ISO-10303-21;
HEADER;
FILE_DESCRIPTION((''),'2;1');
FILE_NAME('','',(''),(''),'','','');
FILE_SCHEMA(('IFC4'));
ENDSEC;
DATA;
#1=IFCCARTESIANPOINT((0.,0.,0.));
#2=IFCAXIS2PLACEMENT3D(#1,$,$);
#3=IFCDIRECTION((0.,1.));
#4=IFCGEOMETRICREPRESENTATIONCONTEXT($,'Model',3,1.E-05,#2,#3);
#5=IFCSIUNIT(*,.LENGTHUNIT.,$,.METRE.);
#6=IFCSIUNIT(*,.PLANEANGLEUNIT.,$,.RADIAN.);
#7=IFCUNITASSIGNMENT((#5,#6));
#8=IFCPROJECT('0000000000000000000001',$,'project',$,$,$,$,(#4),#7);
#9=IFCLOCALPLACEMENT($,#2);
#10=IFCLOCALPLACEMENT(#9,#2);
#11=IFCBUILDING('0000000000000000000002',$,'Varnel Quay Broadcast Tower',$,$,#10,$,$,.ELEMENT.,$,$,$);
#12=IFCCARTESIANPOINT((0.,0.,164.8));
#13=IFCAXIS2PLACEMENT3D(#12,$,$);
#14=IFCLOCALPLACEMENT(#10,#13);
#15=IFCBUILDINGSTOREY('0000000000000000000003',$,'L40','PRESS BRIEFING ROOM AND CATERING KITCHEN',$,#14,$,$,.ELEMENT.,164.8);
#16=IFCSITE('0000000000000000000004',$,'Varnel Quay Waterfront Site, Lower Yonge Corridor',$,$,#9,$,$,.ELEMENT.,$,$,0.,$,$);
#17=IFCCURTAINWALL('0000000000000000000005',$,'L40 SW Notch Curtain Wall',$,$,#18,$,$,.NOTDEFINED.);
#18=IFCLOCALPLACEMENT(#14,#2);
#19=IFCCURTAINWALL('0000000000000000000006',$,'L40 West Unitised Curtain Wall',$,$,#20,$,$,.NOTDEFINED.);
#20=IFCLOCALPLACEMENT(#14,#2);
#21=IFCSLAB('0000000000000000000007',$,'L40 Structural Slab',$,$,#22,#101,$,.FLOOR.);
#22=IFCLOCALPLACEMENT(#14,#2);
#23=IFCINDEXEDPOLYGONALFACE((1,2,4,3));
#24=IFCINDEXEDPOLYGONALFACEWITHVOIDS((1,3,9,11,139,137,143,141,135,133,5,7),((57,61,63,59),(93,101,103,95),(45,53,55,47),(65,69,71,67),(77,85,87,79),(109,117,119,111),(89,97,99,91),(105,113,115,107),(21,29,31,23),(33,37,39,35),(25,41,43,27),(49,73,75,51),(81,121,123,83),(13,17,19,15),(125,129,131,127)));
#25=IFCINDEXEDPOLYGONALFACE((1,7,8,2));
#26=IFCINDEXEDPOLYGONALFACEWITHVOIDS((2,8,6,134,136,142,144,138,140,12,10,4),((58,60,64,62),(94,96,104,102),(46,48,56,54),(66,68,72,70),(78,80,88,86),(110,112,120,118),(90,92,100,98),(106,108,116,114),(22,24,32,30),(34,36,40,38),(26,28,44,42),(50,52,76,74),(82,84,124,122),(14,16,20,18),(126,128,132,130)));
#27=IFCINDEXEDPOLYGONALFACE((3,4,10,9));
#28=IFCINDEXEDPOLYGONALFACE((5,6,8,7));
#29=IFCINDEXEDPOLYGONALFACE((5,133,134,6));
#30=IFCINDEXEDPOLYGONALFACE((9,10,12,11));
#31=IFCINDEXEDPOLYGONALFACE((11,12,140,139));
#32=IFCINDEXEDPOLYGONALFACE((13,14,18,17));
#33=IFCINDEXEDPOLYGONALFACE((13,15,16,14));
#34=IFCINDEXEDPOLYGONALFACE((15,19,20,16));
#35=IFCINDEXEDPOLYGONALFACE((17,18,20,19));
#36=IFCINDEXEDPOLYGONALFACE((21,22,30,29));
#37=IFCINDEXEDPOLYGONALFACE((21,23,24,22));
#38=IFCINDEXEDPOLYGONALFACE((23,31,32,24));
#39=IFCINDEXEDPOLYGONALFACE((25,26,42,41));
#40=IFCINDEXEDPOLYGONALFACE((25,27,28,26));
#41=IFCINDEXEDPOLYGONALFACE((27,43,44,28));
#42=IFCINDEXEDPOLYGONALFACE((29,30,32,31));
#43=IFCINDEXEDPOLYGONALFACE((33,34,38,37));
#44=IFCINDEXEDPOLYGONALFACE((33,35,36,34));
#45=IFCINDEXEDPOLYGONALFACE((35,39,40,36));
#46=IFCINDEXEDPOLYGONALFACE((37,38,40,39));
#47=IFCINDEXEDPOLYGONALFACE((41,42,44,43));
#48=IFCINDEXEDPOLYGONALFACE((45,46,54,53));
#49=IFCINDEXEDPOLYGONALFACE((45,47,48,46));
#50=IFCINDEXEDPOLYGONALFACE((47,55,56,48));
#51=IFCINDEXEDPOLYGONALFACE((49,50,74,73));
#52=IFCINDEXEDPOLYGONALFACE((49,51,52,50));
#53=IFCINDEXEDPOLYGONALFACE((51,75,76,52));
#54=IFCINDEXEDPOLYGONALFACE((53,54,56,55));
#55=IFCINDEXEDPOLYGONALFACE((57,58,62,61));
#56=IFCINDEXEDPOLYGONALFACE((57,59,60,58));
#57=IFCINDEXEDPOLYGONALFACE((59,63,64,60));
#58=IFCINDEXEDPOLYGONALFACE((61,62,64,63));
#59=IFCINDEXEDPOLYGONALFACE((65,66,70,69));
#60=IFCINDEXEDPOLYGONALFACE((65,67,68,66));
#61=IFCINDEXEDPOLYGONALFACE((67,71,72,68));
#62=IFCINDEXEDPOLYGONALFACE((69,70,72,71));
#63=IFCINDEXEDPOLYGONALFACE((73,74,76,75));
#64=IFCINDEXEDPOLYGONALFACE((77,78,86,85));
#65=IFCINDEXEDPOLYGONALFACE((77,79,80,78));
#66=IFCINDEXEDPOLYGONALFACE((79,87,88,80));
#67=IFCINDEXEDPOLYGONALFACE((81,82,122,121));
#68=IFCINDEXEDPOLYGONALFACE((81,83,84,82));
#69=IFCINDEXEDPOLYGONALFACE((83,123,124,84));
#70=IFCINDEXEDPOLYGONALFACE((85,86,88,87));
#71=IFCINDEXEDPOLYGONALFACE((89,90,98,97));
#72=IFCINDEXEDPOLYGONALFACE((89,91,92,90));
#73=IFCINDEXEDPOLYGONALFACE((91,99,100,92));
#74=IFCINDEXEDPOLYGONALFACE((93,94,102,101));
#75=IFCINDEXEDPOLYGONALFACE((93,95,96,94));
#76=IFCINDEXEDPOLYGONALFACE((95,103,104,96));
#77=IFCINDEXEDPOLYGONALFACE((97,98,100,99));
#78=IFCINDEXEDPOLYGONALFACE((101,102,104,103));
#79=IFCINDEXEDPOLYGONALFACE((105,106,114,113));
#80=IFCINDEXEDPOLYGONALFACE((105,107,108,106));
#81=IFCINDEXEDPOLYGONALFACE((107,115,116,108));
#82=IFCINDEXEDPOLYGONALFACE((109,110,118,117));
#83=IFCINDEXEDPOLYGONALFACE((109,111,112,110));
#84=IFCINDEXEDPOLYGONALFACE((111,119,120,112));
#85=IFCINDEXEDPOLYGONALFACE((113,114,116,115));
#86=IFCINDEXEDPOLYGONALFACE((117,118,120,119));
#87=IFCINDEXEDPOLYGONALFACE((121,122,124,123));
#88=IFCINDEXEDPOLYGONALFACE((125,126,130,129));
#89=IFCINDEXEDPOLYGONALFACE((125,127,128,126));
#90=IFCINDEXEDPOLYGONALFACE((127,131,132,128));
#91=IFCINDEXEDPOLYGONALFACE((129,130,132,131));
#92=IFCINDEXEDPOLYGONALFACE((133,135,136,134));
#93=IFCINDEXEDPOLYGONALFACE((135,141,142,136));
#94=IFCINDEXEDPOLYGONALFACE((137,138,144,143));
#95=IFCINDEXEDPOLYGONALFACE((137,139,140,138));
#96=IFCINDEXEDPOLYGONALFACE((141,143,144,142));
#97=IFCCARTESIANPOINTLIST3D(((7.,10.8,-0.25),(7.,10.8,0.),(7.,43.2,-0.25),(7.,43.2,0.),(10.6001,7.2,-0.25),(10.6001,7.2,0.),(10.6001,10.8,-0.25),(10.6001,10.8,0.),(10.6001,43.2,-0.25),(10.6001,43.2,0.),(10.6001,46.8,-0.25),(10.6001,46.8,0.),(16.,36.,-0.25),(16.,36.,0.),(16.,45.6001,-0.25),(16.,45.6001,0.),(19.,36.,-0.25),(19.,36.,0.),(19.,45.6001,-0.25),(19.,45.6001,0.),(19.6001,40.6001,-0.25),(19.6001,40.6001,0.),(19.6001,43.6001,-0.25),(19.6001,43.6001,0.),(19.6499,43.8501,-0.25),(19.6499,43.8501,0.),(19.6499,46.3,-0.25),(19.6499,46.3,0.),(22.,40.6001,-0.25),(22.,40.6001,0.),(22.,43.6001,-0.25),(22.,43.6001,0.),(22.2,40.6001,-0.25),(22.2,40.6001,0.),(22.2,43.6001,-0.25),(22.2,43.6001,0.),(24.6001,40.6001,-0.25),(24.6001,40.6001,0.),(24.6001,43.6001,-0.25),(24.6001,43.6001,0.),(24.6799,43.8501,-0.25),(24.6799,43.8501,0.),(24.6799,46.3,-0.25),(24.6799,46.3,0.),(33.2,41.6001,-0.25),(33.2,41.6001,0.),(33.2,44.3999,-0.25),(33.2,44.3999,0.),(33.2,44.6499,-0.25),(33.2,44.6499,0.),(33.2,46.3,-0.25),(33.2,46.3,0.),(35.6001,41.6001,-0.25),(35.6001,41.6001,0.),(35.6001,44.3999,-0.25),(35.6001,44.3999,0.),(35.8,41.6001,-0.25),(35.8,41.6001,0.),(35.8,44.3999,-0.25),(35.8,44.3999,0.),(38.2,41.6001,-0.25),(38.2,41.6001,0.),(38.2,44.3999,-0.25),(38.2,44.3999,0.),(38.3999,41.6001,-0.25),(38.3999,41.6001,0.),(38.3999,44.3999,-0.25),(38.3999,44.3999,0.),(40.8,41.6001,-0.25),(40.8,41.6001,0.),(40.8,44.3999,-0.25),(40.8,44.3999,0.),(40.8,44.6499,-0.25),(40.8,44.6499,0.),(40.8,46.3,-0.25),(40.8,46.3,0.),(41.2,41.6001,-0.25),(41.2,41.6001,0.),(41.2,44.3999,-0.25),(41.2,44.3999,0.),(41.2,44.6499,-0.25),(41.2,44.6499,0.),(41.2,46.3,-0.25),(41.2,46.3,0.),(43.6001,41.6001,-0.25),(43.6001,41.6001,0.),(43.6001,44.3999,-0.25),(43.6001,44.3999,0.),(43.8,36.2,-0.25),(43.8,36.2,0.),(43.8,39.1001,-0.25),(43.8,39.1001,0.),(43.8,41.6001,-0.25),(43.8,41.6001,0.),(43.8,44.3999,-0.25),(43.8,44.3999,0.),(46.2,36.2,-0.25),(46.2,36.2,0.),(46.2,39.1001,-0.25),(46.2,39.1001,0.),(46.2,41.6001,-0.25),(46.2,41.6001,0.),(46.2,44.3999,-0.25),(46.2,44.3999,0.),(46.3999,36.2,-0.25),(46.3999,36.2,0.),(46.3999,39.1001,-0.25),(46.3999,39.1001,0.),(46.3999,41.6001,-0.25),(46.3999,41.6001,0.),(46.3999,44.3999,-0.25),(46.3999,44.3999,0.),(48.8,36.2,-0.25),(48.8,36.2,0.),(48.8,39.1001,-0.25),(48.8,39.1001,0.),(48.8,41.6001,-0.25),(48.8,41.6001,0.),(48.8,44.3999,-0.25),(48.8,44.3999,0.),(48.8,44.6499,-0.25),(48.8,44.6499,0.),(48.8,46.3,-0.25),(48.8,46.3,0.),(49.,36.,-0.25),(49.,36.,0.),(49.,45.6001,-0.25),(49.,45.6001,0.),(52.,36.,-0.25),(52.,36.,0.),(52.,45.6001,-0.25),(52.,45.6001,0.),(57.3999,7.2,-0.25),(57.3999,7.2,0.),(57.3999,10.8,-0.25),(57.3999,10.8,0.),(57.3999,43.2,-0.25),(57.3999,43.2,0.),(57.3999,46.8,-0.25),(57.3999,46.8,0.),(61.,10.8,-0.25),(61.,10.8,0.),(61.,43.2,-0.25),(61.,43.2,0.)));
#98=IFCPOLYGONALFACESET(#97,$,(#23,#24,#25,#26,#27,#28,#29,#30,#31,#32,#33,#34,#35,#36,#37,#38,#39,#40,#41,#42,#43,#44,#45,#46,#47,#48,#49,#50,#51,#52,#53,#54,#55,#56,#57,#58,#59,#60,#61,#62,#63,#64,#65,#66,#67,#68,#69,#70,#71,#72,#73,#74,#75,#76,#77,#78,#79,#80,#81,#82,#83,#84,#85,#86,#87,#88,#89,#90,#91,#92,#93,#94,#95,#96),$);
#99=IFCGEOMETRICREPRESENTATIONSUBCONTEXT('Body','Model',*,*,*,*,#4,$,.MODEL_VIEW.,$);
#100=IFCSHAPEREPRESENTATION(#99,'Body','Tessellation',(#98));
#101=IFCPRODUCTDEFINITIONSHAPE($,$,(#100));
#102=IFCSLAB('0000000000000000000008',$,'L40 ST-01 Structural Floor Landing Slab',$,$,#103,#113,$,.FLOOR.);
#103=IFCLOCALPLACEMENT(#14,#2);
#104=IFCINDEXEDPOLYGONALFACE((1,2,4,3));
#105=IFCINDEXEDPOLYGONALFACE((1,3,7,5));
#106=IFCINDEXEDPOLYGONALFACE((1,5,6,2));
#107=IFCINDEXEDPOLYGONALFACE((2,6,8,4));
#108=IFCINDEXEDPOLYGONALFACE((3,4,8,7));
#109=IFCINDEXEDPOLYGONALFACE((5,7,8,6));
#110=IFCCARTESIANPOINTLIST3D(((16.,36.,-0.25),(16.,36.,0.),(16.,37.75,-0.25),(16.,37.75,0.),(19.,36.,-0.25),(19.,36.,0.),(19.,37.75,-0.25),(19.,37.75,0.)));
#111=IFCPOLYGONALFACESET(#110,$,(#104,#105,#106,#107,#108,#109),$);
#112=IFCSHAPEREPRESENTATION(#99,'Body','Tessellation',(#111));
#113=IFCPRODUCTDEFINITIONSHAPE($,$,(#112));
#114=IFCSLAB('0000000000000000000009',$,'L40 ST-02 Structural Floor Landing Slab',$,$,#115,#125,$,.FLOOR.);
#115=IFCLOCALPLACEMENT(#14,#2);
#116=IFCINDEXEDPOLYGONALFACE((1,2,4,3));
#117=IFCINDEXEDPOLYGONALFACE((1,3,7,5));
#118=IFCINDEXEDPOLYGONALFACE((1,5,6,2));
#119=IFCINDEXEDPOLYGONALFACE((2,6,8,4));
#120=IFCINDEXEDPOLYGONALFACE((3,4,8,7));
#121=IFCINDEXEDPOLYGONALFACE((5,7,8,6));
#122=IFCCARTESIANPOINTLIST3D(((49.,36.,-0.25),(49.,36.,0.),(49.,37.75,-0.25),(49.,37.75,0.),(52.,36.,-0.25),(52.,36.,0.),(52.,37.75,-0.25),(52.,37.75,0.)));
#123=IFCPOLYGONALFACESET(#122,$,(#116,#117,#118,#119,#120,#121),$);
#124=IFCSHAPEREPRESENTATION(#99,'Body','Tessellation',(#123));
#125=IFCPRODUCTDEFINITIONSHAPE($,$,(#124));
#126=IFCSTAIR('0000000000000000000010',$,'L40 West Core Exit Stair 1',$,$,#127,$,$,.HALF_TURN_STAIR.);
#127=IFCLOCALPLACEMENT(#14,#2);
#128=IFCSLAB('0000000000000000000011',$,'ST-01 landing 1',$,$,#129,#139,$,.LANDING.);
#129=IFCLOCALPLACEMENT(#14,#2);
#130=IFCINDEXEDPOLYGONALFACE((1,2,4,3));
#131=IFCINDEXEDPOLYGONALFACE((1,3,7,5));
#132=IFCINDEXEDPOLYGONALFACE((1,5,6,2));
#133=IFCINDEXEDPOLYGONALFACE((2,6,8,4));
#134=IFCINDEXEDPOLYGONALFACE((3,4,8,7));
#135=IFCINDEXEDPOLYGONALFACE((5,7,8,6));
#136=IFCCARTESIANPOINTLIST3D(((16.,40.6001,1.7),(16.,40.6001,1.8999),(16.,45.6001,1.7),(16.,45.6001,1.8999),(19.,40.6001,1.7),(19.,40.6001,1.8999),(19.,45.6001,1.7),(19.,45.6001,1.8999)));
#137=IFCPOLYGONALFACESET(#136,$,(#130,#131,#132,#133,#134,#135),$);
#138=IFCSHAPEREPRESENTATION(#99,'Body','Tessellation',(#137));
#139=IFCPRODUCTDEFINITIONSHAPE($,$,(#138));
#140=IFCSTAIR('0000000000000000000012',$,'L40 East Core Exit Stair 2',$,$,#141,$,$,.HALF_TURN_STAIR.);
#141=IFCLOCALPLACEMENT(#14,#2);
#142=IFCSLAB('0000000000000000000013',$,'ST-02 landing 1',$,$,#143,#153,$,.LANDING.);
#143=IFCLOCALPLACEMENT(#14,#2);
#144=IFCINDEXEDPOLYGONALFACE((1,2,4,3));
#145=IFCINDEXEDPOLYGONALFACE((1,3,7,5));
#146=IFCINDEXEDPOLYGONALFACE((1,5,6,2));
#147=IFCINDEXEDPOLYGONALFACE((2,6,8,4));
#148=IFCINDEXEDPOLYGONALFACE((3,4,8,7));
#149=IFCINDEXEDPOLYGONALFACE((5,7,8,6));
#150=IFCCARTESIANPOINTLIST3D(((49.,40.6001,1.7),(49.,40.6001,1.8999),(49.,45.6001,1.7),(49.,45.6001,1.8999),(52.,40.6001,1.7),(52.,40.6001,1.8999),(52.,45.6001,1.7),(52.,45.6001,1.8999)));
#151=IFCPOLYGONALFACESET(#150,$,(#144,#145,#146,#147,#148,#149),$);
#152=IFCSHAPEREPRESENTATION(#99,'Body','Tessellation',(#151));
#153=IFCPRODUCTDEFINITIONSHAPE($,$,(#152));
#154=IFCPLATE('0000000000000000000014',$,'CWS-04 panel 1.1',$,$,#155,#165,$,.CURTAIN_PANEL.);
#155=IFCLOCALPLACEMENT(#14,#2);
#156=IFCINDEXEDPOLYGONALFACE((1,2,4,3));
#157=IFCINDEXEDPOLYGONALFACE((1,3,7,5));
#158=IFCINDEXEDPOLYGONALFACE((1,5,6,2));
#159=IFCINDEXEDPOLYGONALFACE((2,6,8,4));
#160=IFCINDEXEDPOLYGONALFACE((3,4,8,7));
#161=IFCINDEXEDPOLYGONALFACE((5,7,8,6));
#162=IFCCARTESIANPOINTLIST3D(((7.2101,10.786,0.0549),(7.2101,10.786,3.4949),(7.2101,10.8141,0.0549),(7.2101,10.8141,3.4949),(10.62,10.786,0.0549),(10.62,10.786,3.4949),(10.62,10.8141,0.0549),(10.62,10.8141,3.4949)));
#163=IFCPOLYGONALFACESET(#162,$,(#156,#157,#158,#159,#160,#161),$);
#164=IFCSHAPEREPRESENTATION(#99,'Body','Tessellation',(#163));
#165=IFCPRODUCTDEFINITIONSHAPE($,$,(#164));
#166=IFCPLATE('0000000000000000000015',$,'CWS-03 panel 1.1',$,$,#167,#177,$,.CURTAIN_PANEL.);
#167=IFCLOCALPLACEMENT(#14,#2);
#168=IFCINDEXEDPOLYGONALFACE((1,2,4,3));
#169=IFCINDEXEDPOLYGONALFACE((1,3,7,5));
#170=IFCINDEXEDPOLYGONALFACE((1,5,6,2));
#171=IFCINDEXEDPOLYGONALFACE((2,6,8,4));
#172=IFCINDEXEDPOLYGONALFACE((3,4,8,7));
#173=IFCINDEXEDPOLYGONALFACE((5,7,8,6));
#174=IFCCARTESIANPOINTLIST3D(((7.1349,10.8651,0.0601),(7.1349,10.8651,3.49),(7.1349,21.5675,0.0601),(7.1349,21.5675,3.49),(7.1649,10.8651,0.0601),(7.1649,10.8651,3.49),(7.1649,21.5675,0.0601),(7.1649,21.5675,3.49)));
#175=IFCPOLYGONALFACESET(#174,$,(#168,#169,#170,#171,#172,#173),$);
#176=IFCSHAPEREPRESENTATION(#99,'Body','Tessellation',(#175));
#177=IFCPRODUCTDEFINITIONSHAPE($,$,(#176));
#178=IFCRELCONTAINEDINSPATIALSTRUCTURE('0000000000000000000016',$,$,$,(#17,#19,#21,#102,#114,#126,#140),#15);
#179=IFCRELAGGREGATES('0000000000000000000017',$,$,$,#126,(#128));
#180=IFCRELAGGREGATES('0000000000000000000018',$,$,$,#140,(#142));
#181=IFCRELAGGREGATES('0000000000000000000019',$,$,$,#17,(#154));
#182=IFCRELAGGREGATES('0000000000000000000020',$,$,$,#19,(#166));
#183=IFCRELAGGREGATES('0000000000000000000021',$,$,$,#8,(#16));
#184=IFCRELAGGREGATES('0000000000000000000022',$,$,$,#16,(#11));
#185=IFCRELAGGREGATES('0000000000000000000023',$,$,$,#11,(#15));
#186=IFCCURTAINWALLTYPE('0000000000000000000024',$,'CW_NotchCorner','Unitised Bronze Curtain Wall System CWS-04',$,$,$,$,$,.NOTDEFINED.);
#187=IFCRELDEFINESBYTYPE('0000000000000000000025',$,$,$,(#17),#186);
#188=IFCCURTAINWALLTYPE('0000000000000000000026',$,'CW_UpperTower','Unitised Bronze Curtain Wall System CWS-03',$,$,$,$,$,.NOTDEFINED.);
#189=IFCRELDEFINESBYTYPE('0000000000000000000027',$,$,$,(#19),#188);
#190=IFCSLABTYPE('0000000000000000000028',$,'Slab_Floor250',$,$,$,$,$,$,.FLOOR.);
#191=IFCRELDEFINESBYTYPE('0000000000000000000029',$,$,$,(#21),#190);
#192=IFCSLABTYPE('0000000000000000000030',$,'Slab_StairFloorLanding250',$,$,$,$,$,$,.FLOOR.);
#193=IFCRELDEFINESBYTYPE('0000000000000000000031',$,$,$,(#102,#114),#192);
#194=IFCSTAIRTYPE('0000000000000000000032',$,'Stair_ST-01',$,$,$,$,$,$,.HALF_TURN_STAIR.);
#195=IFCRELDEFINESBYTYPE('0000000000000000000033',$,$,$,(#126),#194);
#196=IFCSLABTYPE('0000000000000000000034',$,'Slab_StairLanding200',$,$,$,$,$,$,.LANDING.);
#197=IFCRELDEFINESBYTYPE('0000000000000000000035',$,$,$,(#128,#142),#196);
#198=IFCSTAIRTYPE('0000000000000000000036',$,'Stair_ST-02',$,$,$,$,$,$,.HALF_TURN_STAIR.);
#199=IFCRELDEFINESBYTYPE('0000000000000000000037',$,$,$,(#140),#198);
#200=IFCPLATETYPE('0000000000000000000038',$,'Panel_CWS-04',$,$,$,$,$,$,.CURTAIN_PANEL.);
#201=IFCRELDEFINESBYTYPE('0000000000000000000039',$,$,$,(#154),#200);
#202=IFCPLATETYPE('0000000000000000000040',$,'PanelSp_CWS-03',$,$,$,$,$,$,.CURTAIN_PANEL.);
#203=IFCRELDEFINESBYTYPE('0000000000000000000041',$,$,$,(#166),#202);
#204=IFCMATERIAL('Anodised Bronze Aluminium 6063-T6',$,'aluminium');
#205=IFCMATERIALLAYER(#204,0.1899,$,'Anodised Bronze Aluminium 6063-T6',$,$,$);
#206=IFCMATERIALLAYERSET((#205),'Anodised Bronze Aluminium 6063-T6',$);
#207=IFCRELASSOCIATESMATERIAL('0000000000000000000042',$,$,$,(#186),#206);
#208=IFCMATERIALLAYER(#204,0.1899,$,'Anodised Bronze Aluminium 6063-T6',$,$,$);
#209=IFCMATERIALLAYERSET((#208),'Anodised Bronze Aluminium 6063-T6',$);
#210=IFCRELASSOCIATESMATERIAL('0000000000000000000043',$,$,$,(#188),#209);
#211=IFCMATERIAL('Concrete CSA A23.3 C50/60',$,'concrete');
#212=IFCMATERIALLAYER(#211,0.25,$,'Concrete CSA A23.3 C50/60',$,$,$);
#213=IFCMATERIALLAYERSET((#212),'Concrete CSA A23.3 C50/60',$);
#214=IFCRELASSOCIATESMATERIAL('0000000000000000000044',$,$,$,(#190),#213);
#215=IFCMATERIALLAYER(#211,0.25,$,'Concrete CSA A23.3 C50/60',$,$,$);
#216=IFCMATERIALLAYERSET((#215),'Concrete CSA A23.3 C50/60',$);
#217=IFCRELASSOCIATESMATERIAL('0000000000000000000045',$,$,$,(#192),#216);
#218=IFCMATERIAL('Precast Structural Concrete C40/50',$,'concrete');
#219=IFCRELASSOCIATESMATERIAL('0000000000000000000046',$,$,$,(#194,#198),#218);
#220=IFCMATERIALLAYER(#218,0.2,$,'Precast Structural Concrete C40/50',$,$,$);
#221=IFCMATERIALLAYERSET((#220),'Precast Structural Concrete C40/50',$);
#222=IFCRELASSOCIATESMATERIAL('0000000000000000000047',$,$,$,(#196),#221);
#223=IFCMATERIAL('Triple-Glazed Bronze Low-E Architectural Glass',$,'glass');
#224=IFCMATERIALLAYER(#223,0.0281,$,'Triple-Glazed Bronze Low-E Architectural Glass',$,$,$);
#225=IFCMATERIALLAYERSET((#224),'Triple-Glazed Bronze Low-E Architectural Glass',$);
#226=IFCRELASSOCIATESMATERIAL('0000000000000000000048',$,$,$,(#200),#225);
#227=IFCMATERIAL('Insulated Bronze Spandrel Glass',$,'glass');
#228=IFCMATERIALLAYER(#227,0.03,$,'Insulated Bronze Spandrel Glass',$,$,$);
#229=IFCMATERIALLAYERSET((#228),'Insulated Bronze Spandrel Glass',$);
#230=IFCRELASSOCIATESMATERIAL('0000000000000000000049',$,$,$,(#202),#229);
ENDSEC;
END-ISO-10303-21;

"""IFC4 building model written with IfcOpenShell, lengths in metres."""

from ifc_helpers import new_model, si_unit, direction, frame, origin, origin_2d, place, context, subcontext, project, spatial, polyline, rectangle, outline, extrude, source, transform, mapped, material, layer, layer_set, type_object, type_shapes, element, aggregate, save


model = new_model("IFC4")

# Units and contexts
model_context = context("Model", 3, precision=1e-05, world=origin(), true_north=direction((0.0, 1.0)))
body_context = subcontext(model_context, "Body", "Model", "MODEL_VIEW")
ifc_project = project(units=[si_unit("LENGTHUNIT", "METRE"), si_unit("PLANEANGLEUNIT", "RADIAN")], contexts=[model_context])

# Site, building, storey
site_placement = place(None, origin())
site = spatial("IfcSite", under=ifc_project, at=site_placement, Name="Varnel Quay Waterfront Site, Lower Yonge Corridor", CompositionType="ELEMENT", RefElevation=0.0)
building_placement = place(site_placement, origin())
building = spatial("IfcBuilding", under=site, at=building_placement, Name="Varnel Quay Broadcast Tower", CompositionType="ELEMENT")
storey_placement = place(building_placement, frame((0.0, 0.0, 164.8)))
storey = spatial("IfcBuildingStorey", under=building, at=storey_placement, Name="L40", Description="PRESS BRIEFING ROOM AND CATERING KITCHEN", CompositionType="ELEMENT", Elevation=164.8)

# Curtain walls
ifc_material_1 = material(Name="Anodised Bronze Aluminium 6063-T6", Category="aluminium")
ifc_layer_1 = layer(ifc_material_1, 0.1899, Name="Anodised Bronze Aluminium 6063-T6")
ifc_layer_set_1 = layer_set([ifc_layer_1], Name="Anodised Bronze Aluminium 6063-T6")
curtain_wall_type_1 = type_object("IfcCurtainWallType", Name="CW_NotchCorner", Description="Unitised Bronze Curtain Wall System CWS-04", PredefinedType="NOTDEFINED", material=ifc_layer_set_1)
curtain_wall_1_placement = place(storey_placement, origin())
curtain_wall_1 = element("IfcCurtainWall", 1, at=curtain_wall_1_placement, inside=storey, type_object=curtain_wall_type_1, Name="L40 SW Notch Curtain Wall", PredefinedType="NOTDEFINED")
ifc_layer_2 = layer(ifc_material_1, 0.1899, Name="Anodised Bronze Aluminium 6063-T6")
ifc_layer_set_2 = layer_set([ifc_layer_2], Name="Anodised Bronze Aluminium 6063-T6")
curtain_wall_type_2 = type_object("IfcCurtainWallType", Name="CW_UpperTower", Description="Unitised Bronze Curtain Wall System CWS-03", PredefinedType="NOTDEFINED", material=ifc_layer_set_2)
curtain_wall_2_placement = place(storey_placement, origin())
curtain_wall_2 = element("IfcCurtainWall", 2, at=curtain_wall_2_placement, inside=storey, type_object=curtain_wall_type_2, Name="L40 West Unitised Curtain Wall", PredefinedType="NOTDEFINED")

# Slabs
ifc_material_2 = material(Name="Concrete CSA A23.3 C50/60", Category="concrete")
ifc_layer_3 = layer(ifc_material_2, 0.25, Name="Concrete CSA A23.3 C50/60")
ifc_layer_set_3 = layer_set([ifc_layer_3], Name="Concrete CSA A23.3 C50/60")
slab_type_1 = type_object("IfcSlabType", Name="Slab_Floor250", PredefinedType="FLOOR", material=ifc_layer_set_3)
slab_1_placement = place(storey_placement, frame((0.0, 0.0, -0.25)))
element("IfcSlab", 3, at=slab_1_placement, inside=storey, type_object=slab_type_1, Name="L40 Structural Slab", PredefinedType="FLOOR", context=body_context, shape_type="SweptSolid", body=[
    extrude(outline(polyline([(10.6001, 7.2), (57.3999, 7.2), (57.3999, 10.8), (61.0, 10.8), (61.0, 43.2), (57.3999, 43.2), (57.3999, 46.8), (10.6001, 46.8), (10.6001, 43.2), (7.0, 43.2), (7.0, 10.8), (10.6001, 10.8), (10.6001, 7.2)]), holes=[polyline([(19.0, 36.0), (16.0, 36.0), (16.0, 45.6001), (19.0, 45.6001), (19.0, 36.0)]), polyline([(19.6001, 43.6001), (22.0, 43.6001), (22.0, 40.6001), (19.6001, 40.6001), (19.6001, 43.6001)]), polyline([(22.2, 43.6001), (24.6001, 43.6001), (24.6001, 40.6001), (22.2, 40.6001), (22.2, 43.6001)]), polyline([(33.2, 44.3999), (35.6001, 44.3999), (35.6001, 41.6001), (33.2, 41.6001), (33.2, 44.3999)]), polyline([(35.8, 44.3999), (38.2, 44.3999), (38.2, 41.6001), (35.8, 41.6001), (35.8, 44.3999)]), polyline([(38.3999, 44.3999), (40.8, 44.3999), (40.8, 41.6001), (38.3999, 41.6001), (38.3999, 44.3999)]), polyline([(19.6499, 46.3), (24.6799, 46.3), (24.6799, 43.8501), (19.6499, 43.8501), (19.6499, 46.3)]), polyline([(33.2, 46.3), (40.8, 46.3), (40.8, 44.6499), (33.2, 44.6499), (33.2, 46.3)]), polyline([(43.8, 39.1001), (46.2, 39.1001), (46.2, 36.2), (43.8, 36.2), (43.8, 39.1001)]), polyline([(46.3999, 39.1001), (48.8, 39.1001), (48.8, 36.2), (46.3999, 36.2), (46.3999, 39.1001)]), polyline([(49.0, 36.0), (49.0, 45.6001), (52.0, 45.6001), (52.0, 36.0), (49.0, 36.0)]), polyline([(41.2, 44.3999), (43.6001, 44.3999), (43.6001, 41.6001), (41.2, 41.6001), (41.2, 44.3999)]), polyline([(43.8, 44.3999), (46.2, 44.3999), (46.2, 41.6001), (43.8, 41.6001), (43.8, 44.3999)]), polyline([(46.3999, 44.3999), (48.8, 44.3999), (48.8, 41.6001), (46.3999, 41.6001), (46.3999, 44.3999)]), polyline([(41.2, 46.3), (48.8, 46.3), (48.8, 44.6499), (41.2, 44.6499), (41.2, 46.3)])]), origin(), (0.0, 0.0, 1.0), 0.25),
])
ifc_layer_4 = layer(ifc_material_2, 0.25, Name="Concrete CSA A23.3 C50/60")
ifc_layer_set_4 = layer_set([ifc_layer_4], Name="Concrete CSA A23.3 C50/60")
slab_type_2 = type_object("IfcSlabType", Name="Slab_StairFloorLanding250", PredefinedType="FLOOR", material=ifc_layer_set_4)
slab_2_placement = place(storey_placement, frame((0.0, 0.0, -0.25)))
element("IfcSlab", 4, at=slab_2_placement, inside=storey, type_object=slab_type_2, Name="L40 ST-01 Structural Floor Landing Slab", PredefinedType="FLOOR", context=body_context, shape_type="SweptSolid", body=[
    extrude(outline(polyline([(19.0, 36.0), (19.0, 37.75), (16.0, 37.75), (16.0, 36.0), (19.0, 36.0)])), origin(), (0.0, 0.0, 1.0), 0.25),
])
slab_3_placement = place(storey_placement, frame((0.0, 0.0, -0.25)))
element("IfcSlab", 5, at=slab_3_placement, inside=storey, type_object=slab_type_2, Name="L40 ST-02 Structural Floor Landing Slab", PredefinedType="FLOOR", context=body_context, shape_type="SweptSolid", body=[
    extrude(outline(polyline([(52.0, 36.0), (52.0, 37.75), (49.0, 37.75), (49.0, 36.0), (52.0, 36.0)])), origin(), (0.0, 0.0, 1.0), 0.25),
])

# Stairs, slabs
ifc_material_3 = material(Name="Precast Structural Concrete C40/50", Category="concrete")
stair_type_1 = type_object("IfcStairType", Name="Stair_ST-01", PredefinedType="HALF_TURN_STAIR", material=ifc_material_3)
stair_1_placement = place(storey_placement, origin())
stair_1 = element("IfcStair", 6, at=stair_1_placement, inside=storey, type_object=stair_type_1, Name="L40 West Core Exit Stair 1", PredefinedType="HALF_TURN_STAIR")
ifc_layer_5 = layer(ifc_material_3, 0.2, Name="Precast Structural Concrete C40/50")
ifc_layer_set_5 = layer_set([ifc_layer_5], Name="Precast Structural Concrete C40/50")
slab_type_3 = type_object("IfcSlabType", Name="Slab_StairLanding200", PredefinedType="LANDING", material=ifc_layer_set_5)
slab_4_placement = place(storey_placement, frame((0.0, 0.0, 1.7)))
slab_4 = element("IfcSlab", 7, at=slab_4_placement, type_object=slab_type_3, Name="ST-01 landing 1", PredefinedType="LANDING", context=body_context, shape_type="SweptSolid", body=[
    extrude(outline(polyline([(19.0, 40.6001), (19.0, 45.6001), (16.0, 45.6001), (16.0, 40.6001), (19.0, 40.6001)])), origin(), (0.0, 0.0, 1.0), 0.2),
])
aggregate(stair_1, [slab_4])
stair_type_2 = type_object("IfcStairType", Name="Stair_ST-02", PredefinedType="HALF_TURN_STAIR", material=ifc_material_3)
stair_2_placement = place(storey_placement, origin())
stair_2 = element("IfcStair", 8, at=stair_2_placement, inside=storey, type_object=stair_type_2, Name="L40 East Core Exit Stair 2", PredefinedType="HALF_TURN_STAIR")
slab_5_placement = place(storey_placement, frame((0.0, 0.0, 1.7)))
slab_5 = element("IfcSlab", 9, at=slab_5_placement, type_object=slab_type_3, Name="ST-02 landing 1", PredefinedType="LANDING", context=body_context, shape_type="SweptSolid", body=[
    extrude(outline(polyline([(52.0, 40.6001), (52.0, 45.6001), (49.0, 45.6001), (49.0, 40.6001), (52.0, 40.6001)])), origin(), (0.0, 0.0, 1.0), 0.2),
])
aggregate(stair_2, [slab_5])

# Plates
ifc_material_4 = material(Name="Triple-Glazed Bronze Low-E Architectural Glass", Category="glass")
ifc_layer_6 = layer(ifc_material_4, 0.0281, Name="Triple-Glazed Bronze Low-E Architectural Glass")
ifc_layer_set_6 = layer_set([ifc_layer_6], Name="Triple-Glazed Bronze Low-E Architectural Glass")
plate_type_1 = type_object("IfcPlateType", Name="Panel_CWS-04", PredefinedType="CURTAIN_PANEL", material=ifc_layer_set_6)
shared_shape_1 = source(origin(), body_context, "Body", "SweptSolid", [
    extrude(rectangle(XDim=3.4099, YDim=0.0281, at=origin_2d()), origin(), (0.0, 0.0, 1.0), 3.4399),
])
type_shapes(plate_type_1, [shared_shape_1])
plate_1_placement = place(storey_placement, frame((8.915, 10.8, 0.0549), z_axis=(0.0, 0.0, 1.0), x_axis=(1.0, 0.0, 0.0)))
plate_1 = element("IfcPlate", 10, at=plate_1_placement, type_object=plate_type_1, Name="CWS-04 panel 1.1", PredefinedType="CURTAIN_PANEL", context=body_context, shape_type="MappedRepresentation", body=[
    mapped(shared_shape_1, transform((0.0, 0.0, 0.0), x_axis=(1.0, 0.0, 0.0), y_axis=(0.0, 1.0, 0.0), z_axis=(0.0, 0.0, 1.0), scale=1.0)),
])
aggregate(curtain_wall_1, [plate_1])
ifc_material_5 = material(Name="Insulated Bronze Spandrel Glass", Category="glass")
ifc_layer_7 = layer(ifc_material_5, 0.03, Name="Insulated Bronze Spandrel Glass")
ifc_layer_set_7 = layer_set([ifc_layer_7], Name="Insulated Bronze Spandrel Glass")
plate_type_2 = type_object("IfcPlateType", Name="PanelSp_CWS-03", PredefinedType="CURTAIN_PANEL", material=ifc_layer_set_7)
shared_shape_2 = source(origin(), body_context, "Body", "SweptSolid", [
    extrude(rectangle(XDim=10.7024, YDim=0.03, at=origin_2d()), origin(), (0.0, 0.0, 1.0), 3.4299),
])
type_shapes(plate_type_2, [shared_shape_2])
plate_2_placement = place(storey_placement, frame((7.1499, 16.2163, 0.0601), z_axis=(0.0, 0.0, 1.0), x_axis=(0.0, 1.0, 0.0)))
plate_2 = element("IfcPlate", 11, at=plate_2_placement, type_object=plate_type_2, Name="CWS-03 panel 1.1", PredefinedType="CURTAIN_PANEL", context=body_context, shape_type="MappedRepresentation", body=[
    mapped(shared_shape_2, transform((0.0, 0.0, 0.0), x_axis=(1.0, 0.0, 0.0), y_axis=(0.0, 1.0, 0.0), z_axis=(0.0, 0.0, 1.0), scale=1.0)),
])
aggregate(curtain_wall_2, [plate_2])

save(model, "model.ifc")
